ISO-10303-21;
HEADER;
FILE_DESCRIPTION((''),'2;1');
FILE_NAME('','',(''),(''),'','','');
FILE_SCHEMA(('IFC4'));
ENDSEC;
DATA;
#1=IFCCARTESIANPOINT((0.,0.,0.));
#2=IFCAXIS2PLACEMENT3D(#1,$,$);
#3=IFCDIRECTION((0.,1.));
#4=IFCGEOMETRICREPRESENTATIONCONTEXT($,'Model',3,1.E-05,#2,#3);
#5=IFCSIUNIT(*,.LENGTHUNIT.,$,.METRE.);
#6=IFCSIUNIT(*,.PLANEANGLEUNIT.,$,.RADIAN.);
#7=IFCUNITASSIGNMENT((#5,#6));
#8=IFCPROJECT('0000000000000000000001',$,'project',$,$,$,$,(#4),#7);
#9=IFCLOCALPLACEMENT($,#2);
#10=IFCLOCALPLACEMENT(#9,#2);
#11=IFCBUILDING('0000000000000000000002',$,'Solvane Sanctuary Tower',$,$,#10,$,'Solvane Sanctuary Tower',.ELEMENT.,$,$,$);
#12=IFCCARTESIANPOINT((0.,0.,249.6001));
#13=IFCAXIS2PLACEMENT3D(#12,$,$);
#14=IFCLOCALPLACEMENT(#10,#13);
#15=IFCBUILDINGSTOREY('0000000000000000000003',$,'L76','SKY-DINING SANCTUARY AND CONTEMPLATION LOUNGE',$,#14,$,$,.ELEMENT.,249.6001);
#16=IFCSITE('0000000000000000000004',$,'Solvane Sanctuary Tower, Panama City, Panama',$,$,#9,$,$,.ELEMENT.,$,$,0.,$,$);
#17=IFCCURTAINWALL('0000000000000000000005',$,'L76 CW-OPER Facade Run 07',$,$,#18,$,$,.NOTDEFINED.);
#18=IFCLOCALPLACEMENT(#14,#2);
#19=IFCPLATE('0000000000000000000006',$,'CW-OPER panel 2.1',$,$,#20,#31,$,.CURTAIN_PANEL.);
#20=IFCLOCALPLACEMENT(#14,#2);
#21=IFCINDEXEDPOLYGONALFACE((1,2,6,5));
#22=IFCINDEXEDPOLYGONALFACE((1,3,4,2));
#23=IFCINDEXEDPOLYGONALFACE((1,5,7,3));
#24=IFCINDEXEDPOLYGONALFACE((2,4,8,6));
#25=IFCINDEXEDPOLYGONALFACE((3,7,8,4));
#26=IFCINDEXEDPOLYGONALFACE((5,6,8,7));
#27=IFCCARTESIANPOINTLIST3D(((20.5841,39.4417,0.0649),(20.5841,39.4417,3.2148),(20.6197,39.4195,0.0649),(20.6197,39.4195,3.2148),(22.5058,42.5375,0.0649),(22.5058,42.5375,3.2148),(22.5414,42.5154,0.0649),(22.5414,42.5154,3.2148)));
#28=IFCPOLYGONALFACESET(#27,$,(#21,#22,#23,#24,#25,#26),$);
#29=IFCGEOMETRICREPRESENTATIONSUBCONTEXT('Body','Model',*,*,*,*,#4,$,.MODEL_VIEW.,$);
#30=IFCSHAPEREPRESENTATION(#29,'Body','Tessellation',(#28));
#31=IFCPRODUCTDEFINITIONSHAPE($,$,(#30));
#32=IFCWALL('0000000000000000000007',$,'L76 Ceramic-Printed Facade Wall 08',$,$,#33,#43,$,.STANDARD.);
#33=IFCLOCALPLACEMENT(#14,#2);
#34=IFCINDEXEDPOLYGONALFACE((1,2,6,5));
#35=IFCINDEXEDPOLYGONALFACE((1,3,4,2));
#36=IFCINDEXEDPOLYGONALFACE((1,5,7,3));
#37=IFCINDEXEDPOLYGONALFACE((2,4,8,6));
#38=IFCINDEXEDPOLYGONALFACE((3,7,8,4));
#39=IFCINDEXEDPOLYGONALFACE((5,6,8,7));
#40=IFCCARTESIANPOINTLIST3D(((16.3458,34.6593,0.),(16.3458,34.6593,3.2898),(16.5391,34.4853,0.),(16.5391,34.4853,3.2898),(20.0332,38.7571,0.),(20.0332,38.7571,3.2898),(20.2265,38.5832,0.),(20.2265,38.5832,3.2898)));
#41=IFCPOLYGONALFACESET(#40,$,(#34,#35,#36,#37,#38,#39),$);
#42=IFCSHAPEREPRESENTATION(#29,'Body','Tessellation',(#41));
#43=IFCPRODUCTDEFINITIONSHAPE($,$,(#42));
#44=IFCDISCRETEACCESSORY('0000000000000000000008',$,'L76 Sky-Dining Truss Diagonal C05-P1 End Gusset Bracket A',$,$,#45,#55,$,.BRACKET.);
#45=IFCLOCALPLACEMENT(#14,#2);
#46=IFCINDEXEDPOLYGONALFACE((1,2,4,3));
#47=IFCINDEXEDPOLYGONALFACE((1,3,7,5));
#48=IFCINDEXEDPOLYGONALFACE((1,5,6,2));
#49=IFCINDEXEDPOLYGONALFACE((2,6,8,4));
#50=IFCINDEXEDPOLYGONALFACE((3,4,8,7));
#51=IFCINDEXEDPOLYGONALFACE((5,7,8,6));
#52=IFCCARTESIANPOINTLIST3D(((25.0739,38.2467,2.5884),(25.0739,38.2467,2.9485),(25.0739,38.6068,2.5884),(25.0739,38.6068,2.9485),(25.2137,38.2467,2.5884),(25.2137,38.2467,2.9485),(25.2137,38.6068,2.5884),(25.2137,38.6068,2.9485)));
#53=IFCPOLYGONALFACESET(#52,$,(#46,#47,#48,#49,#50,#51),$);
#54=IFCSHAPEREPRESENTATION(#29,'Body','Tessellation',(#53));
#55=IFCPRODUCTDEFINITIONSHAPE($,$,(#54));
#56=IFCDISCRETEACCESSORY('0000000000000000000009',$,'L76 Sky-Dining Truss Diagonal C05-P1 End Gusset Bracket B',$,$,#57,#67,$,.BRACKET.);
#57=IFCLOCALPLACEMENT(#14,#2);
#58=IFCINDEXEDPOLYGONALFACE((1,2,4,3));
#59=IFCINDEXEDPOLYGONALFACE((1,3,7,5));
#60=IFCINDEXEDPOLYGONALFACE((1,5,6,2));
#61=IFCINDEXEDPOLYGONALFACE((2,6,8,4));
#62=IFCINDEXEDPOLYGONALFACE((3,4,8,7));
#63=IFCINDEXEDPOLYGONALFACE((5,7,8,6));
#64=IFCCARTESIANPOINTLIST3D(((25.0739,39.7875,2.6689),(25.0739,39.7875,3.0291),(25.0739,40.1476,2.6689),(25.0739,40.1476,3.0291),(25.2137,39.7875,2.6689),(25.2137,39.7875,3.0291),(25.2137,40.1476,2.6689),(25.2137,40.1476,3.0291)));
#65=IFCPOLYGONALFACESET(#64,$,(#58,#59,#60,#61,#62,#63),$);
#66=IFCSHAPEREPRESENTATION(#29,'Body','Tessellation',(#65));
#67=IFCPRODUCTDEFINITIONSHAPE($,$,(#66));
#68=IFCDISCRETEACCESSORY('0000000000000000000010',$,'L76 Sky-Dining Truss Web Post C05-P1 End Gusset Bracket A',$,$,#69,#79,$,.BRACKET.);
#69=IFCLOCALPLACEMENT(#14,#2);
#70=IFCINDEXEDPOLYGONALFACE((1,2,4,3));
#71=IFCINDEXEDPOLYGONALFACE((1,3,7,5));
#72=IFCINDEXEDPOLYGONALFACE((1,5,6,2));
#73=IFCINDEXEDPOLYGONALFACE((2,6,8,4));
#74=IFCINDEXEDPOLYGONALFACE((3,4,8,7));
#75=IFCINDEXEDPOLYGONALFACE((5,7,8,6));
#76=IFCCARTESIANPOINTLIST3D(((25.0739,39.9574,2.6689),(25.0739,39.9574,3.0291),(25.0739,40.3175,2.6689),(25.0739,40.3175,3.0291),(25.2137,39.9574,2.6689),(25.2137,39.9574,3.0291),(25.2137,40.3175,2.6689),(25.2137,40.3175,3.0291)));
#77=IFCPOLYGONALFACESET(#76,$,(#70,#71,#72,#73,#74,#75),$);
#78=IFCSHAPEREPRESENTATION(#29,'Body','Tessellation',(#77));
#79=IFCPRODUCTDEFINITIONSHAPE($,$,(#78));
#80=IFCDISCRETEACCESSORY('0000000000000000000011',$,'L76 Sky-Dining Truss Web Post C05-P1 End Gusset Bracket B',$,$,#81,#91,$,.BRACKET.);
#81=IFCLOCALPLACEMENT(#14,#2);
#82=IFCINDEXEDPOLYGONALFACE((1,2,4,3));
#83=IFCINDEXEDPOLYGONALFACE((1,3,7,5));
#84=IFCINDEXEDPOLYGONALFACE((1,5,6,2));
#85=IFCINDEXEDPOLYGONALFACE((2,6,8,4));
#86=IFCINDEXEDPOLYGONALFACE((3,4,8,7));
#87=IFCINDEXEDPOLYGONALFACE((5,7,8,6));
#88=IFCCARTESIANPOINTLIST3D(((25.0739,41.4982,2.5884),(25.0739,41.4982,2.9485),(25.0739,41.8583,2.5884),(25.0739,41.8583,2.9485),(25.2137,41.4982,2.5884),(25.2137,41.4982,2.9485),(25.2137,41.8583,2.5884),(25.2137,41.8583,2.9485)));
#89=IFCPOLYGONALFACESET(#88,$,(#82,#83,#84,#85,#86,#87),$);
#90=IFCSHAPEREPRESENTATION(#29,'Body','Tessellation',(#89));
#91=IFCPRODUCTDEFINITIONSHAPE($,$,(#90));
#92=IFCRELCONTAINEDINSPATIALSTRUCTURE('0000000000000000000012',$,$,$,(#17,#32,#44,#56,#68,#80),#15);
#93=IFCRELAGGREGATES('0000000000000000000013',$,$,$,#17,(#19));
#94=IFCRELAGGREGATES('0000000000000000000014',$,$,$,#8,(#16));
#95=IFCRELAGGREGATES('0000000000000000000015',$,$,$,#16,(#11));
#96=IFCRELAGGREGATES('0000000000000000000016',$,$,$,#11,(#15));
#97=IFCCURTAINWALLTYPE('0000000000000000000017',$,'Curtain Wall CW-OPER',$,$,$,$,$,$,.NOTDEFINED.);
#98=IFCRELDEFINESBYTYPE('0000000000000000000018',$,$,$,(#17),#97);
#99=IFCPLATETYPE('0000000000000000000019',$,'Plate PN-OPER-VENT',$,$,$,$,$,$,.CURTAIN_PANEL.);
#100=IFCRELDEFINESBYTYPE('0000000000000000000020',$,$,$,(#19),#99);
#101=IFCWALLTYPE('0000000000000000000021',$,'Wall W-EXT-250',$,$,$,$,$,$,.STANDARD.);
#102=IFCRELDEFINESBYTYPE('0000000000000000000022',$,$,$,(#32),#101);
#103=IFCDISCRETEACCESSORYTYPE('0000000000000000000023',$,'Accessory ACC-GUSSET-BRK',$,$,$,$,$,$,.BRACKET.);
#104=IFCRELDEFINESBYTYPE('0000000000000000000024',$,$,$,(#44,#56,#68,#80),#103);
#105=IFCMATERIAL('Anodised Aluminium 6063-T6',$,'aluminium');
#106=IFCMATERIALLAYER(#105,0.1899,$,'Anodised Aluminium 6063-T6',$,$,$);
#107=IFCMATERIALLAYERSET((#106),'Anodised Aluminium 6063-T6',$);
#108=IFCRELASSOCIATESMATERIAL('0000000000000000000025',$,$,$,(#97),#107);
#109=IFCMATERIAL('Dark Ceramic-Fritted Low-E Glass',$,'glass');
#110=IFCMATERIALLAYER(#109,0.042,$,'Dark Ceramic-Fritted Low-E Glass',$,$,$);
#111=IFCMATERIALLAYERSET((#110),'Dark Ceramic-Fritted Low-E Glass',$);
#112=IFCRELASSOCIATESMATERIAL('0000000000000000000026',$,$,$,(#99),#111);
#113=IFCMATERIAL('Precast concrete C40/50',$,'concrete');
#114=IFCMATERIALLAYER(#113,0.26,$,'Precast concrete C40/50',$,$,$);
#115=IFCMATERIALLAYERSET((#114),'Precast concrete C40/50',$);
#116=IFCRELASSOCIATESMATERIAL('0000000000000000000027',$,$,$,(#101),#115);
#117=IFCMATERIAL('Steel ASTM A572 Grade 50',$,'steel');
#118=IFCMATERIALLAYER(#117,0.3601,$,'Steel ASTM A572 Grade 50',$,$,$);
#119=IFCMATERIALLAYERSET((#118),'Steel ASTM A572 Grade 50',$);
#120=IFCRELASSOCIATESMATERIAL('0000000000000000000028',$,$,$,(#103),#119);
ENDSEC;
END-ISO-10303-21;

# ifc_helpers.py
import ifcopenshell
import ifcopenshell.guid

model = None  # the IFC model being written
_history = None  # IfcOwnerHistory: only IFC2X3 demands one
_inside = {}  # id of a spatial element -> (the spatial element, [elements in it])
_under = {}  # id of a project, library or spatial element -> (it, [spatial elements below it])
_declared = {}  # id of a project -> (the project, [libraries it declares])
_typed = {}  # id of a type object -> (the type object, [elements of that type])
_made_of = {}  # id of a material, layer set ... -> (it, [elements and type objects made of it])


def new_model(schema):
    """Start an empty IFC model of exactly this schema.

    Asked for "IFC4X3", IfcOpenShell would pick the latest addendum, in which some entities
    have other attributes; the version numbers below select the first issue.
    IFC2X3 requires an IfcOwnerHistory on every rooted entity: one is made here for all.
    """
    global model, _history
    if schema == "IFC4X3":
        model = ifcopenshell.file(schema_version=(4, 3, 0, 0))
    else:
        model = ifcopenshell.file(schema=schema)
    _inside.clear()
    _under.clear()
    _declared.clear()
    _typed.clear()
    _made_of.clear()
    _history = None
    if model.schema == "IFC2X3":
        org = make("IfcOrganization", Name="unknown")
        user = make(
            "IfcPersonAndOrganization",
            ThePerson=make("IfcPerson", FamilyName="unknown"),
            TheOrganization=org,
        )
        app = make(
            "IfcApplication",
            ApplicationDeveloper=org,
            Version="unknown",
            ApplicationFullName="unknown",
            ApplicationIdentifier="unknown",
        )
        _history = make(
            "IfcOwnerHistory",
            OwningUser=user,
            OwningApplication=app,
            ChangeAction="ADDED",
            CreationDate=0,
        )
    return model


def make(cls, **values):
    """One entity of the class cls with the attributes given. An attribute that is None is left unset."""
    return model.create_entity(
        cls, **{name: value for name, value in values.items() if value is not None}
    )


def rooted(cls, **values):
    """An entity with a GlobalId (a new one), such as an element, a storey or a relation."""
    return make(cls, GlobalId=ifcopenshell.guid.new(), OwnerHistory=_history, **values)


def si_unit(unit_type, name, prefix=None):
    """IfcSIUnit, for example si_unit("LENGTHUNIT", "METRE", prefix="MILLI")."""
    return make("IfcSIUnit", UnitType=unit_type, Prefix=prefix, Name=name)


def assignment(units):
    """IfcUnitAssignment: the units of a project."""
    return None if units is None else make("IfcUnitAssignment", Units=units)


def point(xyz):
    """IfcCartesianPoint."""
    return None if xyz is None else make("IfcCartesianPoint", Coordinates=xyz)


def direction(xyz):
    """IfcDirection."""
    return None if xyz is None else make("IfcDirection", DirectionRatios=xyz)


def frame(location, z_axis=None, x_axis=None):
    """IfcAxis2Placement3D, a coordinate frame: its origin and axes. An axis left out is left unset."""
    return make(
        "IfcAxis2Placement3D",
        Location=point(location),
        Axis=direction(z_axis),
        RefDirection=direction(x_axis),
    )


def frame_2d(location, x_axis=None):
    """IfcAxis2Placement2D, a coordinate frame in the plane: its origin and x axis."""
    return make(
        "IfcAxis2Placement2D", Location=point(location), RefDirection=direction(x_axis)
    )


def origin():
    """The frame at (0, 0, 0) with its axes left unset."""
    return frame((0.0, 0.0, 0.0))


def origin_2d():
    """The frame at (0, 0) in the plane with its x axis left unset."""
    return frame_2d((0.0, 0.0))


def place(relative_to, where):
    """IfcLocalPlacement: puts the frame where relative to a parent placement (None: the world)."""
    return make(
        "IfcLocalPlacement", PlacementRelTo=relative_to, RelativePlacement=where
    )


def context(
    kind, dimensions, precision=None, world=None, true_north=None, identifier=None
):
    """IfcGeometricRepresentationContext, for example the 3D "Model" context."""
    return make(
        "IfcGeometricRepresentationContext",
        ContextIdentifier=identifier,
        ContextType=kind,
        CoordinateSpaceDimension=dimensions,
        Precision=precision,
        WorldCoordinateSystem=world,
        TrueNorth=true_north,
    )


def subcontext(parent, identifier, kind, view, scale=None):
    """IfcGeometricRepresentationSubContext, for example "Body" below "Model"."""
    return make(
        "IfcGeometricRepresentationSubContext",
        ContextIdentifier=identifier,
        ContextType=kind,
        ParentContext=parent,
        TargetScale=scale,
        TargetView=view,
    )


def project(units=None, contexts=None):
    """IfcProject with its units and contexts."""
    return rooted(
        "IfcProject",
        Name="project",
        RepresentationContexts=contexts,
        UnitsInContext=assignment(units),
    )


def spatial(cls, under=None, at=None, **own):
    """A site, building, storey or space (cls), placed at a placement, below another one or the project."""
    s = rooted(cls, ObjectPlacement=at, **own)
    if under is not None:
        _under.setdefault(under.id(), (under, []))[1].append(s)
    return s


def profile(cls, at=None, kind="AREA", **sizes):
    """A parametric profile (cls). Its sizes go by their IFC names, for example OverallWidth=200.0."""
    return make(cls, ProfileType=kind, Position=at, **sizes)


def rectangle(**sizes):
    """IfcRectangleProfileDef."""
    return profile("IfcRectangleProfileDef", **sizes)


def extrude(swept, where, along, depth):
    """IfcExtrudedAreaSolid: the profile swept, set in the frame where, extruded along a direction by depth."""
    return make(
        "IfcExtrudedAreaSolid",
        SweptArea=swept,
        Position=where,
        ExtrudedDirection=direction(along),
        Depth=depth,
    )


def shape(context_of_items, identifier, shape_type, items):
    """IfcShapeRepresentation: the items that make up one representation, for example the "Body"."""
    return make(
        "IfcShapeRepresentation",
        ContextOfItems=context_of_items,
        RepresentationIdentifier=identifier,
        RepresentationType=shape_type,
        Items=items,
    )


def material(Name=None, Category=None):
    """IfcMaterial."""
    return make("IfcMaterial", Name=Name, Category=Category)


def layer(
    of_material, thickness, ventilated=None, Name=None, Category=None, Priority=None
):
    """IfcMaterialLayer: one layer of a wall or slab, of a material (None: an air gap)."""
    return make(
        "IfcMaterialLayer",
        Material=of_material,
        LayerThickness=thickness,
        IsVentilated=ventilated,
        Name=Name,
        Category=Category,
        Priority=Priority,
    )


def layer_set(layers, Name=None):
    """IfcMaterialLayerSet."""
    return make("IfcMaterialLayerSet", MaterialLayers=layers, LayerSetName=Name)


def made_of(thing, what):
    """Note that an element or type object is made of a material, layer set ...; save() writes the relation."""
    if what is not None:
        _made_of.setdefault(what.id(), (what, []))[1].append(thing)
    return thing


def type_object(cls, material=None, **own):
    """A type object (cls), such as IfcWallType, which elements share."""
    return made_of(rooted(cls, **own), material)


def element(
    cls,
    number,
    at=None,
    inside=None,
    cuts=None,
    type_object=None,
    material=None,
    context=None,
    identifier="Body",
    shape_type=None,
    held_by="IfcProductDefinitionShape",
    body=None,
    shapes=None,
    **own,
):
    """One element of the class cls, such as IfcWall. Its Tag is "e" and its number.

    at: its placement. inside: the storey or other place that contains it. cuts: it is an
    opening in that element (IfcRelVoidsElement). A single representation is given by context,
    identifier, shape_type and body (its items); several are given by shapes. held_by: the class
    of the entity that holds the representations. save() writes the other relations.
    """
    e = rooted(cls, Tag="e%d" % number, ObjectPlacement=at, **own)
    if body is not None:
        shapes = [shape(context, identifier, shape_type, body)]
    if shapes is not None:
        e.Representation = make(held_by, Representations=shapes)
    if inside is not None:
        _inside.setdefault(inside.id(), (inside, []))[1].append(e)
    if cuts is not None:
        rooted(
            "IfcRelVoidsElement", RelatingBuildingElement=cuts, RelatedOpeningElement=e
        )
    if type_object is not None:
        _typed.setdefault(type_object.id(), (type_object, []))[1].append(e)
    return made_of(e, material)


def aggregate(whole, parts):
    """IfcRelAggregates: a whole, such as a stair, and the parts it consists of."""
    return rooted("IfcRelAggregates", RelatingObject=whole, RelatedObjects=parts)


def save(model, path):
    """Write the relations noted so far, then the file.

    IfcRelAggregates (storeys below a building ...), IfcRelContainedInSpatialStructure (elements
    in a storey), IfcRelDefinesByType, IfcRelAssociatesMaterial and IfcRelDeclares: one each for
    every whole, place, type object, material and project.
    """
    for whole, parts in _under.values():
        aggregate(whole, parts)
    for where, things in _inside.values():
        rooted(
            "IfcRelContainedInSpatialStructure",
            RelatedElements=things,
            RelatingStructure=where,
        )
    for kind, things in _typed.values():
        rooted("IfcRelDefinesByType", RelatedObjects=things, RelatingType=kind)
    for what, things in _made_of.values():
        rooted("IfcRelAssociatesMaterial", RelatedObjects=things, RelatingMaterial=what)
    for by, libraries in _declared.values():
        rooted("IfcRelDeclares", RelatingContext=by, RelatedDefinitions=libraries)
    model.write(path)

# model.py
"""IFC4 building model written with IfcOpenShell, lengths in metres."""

from ifc_helpers import new_model, si_unit, direction, frame, frame_2d, origin, origin_2d, place, context, subcontext, project, spatial, rectangle, extrude, material, layer, layer_set, type_object, element, aggregate, save


model = new_model("IFC4")

# Units and contexts
model_context = context("Model", 3, precision=1e-05, world=origin(), true_north=direction((0.0, 1.0)))
body_context = subcontext(model_context, "Body", "Model", "MODEL_VIEW")
ifc_project = project(units=[si_unit("LENGTHUNIT", "METRE"), si_unit("PLANEANGLEUNIT", "RADIAN")], contexts=[model_context])

# Site, building, storey
site_placement = place(None, origin())
site = spatial("IfcSite", under=ifc_project, at=site_placement, Name="Solvane Sanctuary Tower, Panama City, Panama", CompositionType="ELEMENT", RefElevation=0.0)
building_placement = place(site_placement, origin())
building = spatial("IfcBuilding", under=site, at=building_placement, Name="Solvane Sanctuary Tower", LongName="Solvane Sanctuary Tower", CompositionType="ELEMENT")
storey_placement = place(building_placement, frame((0.0, 0.0, 249.6001)))
storey = spatial("IfcBuildingStorey", under=building, at=storey_placement, Name="L76", Description="SKY-DINING SANCTUARY AND CONTEMPLATION LOUNGE", CompositionType="ELEMENT", Elevation=249.6001)

# Curtain wall
ifc_material_1 = material(Name="Anodised Aluminium 6063-T6", Category="aluminium")
ifc_layer_1 = layer(ifc_material_1, 0.1899, Name="Anodised Aluminium 6063-T6")
ifc_layer_set_1 = layer_set([ifc_layer_1], Name="Anodised Aluminium 6063-T6")
curtain_wall_type = type_object("IfcCurtainWallType", Name="Curtain Wall CW-OPER", PredefinedType="NOTDEFINED", material=ifc_layer_set_1)
curtain_wall_1_placement = place(storey_placement, origin())
curtain_wall_1 = element("IfcCurtainWall", 1, at=curtain_wall_1_placement, inside=storey, type_object=curtain_wall_type, Name="L76 CW-OPER Facade Run 07", PredefinedType="NOTDEFINED")

# Plate
ifc_material_2 = material(Name="Dark Ceramic-Fritted Low-E Glass", Category="glass")
ifc_layer_2 = layer(ifc_material_2, 0.042, Name="Dark Ceramic-Fritted Low-E Glass")
ifc_layer_set_2 = layer_set([ifc_layer_2], Name="Dark Ceramic-Fritted Low-E Glass")
plate_type = type_object("IfcPlateType", Name="Plate PN-OPER-VENT", PredefinedType="CURTAIN_PANEL", material=ifc_layer_set_2)
plate_1_placement = place(storey_placement, frame((21.5627, 40.9785, 0.0649), z_axis=(0.0, 0.0, 1.0), x_axis=(-0.527392, -0.849622, 0.0)))
plate_1 = element("IfcPlate", 2, at=plate_1_placement, type_object=plate_type, Name="CW-OPER panel 2.1", PredefinedType="CURTAIN_PANEL", context=body_context, shape_type="SweptSolid", body=[
    extrude(rectangle(XDim=3.6438, YDim=0.042, at=origin_2d()), origin(), (0.0, 0.0, 1.0), 3.1499),
])
aggregate(curtain_wall_1, [plate_1])

# Wall
ifc_material_3 = material(Name="Precast concrete C40/50", Category="concrete")
ifc_layer_3 = layer(ifc_material_3, 0.26, Name="Precast concrete C40/50")
ifc_layer_set_3 = layer_set([ifc_layer_3], Name="Precast concrete C40/50")
wall_type = type_object("IfcWallType", Name="Wall W-EXT-250", PredefinedType="STANDARD", material=ifc_layer_set_3)
wall_placement = place(storey_placement, frame((20.1299, 38.6702, 0.0), z_axis=(0.0, 0.0, 1.0), x_axis=(-0.668904, -0.743349, 0.0)))
element("IfcWall", 3, at=wall_placement, inside=storey, type_object=wall_type, Name="L76 Ceramic-Printed Facade Wall 08", PredefinedType="STANDARD", context=body_context, shape_type="SweptSolid", body=[
    extrude(rectangle(XDim=5.5127, YDim=0.26, at=frame_2d((2.7563, 0.0))), origin(), (0.0, 0.0, 1.0), 3.2898),
])

# Discrete accessories
ifc_material_4 = material(Name="Steel ASTM A572 Grade 50", Category="steel")
ifc_layer_4 = layer(ifc_material_4, 0.3601, Name="Steel ASTM A572 Grade 50")
ifc_layer_set_4 = layer_set([ifc_layer_4], Name="Steel ASTM A572 Grade 50")
discrete_accessory_type = type_object("IfcDiscreteAccessoryType", Name="Accessory ACC-GUSSET-BRK", PredefinedType="BRACKET", material=ifc_layer_set_4)
for number, where, z_axis, x_axis, name in (
    (4, (25.1438, 38.4268, 2.5884), (0.0, 0.0, 1.0), (0.0, 1.0, 0.0), "L76 Sky-Dining Truss Diagonal C05-P1 End Gusset Bracket A"),
    (5, (25.1438, 39.9675, 2.6689), (0.0, 0.0, 1.0), (0.0, 1.0, 0.0), "L76 Sky-Dining Truss Diagonal C05-P1 End Gusset Bracket B"),
    (6, (25.1438, 40.1375, 2.6689), (0.0, 0.0, 1.0), (0.0, 1.0, 0.0), "L76 Sky-Dining Truss Web Post C05-P1 End Gusset Bracket A"),
    (7, (25.1438, 41.6782, 2.5884), (0.0, 0.0, 1.0), (0.0, 1.0, 0.0), "L76 Sky-Dining Truss Web Post C05-P1 End Gusset Bracket B"),
):
    element("IfcDiscreteAccessory", number, at=place(storey_placement, frame(where, z_axis=z_axis, x_axis=x_axis)), inside=storey, type_object=discrete_accessory_type, Name=name, PredefinedType="BRACKET", context=body_context, shape_type="SweptSolid", body=[
        extrude(rectangle(XDim=0.3601, YDim=0.1399, at=origin_2d()), origin(), (0.0, 0.0, 1.0), 0.3601),
    ])

save(model, "model.ifc")
